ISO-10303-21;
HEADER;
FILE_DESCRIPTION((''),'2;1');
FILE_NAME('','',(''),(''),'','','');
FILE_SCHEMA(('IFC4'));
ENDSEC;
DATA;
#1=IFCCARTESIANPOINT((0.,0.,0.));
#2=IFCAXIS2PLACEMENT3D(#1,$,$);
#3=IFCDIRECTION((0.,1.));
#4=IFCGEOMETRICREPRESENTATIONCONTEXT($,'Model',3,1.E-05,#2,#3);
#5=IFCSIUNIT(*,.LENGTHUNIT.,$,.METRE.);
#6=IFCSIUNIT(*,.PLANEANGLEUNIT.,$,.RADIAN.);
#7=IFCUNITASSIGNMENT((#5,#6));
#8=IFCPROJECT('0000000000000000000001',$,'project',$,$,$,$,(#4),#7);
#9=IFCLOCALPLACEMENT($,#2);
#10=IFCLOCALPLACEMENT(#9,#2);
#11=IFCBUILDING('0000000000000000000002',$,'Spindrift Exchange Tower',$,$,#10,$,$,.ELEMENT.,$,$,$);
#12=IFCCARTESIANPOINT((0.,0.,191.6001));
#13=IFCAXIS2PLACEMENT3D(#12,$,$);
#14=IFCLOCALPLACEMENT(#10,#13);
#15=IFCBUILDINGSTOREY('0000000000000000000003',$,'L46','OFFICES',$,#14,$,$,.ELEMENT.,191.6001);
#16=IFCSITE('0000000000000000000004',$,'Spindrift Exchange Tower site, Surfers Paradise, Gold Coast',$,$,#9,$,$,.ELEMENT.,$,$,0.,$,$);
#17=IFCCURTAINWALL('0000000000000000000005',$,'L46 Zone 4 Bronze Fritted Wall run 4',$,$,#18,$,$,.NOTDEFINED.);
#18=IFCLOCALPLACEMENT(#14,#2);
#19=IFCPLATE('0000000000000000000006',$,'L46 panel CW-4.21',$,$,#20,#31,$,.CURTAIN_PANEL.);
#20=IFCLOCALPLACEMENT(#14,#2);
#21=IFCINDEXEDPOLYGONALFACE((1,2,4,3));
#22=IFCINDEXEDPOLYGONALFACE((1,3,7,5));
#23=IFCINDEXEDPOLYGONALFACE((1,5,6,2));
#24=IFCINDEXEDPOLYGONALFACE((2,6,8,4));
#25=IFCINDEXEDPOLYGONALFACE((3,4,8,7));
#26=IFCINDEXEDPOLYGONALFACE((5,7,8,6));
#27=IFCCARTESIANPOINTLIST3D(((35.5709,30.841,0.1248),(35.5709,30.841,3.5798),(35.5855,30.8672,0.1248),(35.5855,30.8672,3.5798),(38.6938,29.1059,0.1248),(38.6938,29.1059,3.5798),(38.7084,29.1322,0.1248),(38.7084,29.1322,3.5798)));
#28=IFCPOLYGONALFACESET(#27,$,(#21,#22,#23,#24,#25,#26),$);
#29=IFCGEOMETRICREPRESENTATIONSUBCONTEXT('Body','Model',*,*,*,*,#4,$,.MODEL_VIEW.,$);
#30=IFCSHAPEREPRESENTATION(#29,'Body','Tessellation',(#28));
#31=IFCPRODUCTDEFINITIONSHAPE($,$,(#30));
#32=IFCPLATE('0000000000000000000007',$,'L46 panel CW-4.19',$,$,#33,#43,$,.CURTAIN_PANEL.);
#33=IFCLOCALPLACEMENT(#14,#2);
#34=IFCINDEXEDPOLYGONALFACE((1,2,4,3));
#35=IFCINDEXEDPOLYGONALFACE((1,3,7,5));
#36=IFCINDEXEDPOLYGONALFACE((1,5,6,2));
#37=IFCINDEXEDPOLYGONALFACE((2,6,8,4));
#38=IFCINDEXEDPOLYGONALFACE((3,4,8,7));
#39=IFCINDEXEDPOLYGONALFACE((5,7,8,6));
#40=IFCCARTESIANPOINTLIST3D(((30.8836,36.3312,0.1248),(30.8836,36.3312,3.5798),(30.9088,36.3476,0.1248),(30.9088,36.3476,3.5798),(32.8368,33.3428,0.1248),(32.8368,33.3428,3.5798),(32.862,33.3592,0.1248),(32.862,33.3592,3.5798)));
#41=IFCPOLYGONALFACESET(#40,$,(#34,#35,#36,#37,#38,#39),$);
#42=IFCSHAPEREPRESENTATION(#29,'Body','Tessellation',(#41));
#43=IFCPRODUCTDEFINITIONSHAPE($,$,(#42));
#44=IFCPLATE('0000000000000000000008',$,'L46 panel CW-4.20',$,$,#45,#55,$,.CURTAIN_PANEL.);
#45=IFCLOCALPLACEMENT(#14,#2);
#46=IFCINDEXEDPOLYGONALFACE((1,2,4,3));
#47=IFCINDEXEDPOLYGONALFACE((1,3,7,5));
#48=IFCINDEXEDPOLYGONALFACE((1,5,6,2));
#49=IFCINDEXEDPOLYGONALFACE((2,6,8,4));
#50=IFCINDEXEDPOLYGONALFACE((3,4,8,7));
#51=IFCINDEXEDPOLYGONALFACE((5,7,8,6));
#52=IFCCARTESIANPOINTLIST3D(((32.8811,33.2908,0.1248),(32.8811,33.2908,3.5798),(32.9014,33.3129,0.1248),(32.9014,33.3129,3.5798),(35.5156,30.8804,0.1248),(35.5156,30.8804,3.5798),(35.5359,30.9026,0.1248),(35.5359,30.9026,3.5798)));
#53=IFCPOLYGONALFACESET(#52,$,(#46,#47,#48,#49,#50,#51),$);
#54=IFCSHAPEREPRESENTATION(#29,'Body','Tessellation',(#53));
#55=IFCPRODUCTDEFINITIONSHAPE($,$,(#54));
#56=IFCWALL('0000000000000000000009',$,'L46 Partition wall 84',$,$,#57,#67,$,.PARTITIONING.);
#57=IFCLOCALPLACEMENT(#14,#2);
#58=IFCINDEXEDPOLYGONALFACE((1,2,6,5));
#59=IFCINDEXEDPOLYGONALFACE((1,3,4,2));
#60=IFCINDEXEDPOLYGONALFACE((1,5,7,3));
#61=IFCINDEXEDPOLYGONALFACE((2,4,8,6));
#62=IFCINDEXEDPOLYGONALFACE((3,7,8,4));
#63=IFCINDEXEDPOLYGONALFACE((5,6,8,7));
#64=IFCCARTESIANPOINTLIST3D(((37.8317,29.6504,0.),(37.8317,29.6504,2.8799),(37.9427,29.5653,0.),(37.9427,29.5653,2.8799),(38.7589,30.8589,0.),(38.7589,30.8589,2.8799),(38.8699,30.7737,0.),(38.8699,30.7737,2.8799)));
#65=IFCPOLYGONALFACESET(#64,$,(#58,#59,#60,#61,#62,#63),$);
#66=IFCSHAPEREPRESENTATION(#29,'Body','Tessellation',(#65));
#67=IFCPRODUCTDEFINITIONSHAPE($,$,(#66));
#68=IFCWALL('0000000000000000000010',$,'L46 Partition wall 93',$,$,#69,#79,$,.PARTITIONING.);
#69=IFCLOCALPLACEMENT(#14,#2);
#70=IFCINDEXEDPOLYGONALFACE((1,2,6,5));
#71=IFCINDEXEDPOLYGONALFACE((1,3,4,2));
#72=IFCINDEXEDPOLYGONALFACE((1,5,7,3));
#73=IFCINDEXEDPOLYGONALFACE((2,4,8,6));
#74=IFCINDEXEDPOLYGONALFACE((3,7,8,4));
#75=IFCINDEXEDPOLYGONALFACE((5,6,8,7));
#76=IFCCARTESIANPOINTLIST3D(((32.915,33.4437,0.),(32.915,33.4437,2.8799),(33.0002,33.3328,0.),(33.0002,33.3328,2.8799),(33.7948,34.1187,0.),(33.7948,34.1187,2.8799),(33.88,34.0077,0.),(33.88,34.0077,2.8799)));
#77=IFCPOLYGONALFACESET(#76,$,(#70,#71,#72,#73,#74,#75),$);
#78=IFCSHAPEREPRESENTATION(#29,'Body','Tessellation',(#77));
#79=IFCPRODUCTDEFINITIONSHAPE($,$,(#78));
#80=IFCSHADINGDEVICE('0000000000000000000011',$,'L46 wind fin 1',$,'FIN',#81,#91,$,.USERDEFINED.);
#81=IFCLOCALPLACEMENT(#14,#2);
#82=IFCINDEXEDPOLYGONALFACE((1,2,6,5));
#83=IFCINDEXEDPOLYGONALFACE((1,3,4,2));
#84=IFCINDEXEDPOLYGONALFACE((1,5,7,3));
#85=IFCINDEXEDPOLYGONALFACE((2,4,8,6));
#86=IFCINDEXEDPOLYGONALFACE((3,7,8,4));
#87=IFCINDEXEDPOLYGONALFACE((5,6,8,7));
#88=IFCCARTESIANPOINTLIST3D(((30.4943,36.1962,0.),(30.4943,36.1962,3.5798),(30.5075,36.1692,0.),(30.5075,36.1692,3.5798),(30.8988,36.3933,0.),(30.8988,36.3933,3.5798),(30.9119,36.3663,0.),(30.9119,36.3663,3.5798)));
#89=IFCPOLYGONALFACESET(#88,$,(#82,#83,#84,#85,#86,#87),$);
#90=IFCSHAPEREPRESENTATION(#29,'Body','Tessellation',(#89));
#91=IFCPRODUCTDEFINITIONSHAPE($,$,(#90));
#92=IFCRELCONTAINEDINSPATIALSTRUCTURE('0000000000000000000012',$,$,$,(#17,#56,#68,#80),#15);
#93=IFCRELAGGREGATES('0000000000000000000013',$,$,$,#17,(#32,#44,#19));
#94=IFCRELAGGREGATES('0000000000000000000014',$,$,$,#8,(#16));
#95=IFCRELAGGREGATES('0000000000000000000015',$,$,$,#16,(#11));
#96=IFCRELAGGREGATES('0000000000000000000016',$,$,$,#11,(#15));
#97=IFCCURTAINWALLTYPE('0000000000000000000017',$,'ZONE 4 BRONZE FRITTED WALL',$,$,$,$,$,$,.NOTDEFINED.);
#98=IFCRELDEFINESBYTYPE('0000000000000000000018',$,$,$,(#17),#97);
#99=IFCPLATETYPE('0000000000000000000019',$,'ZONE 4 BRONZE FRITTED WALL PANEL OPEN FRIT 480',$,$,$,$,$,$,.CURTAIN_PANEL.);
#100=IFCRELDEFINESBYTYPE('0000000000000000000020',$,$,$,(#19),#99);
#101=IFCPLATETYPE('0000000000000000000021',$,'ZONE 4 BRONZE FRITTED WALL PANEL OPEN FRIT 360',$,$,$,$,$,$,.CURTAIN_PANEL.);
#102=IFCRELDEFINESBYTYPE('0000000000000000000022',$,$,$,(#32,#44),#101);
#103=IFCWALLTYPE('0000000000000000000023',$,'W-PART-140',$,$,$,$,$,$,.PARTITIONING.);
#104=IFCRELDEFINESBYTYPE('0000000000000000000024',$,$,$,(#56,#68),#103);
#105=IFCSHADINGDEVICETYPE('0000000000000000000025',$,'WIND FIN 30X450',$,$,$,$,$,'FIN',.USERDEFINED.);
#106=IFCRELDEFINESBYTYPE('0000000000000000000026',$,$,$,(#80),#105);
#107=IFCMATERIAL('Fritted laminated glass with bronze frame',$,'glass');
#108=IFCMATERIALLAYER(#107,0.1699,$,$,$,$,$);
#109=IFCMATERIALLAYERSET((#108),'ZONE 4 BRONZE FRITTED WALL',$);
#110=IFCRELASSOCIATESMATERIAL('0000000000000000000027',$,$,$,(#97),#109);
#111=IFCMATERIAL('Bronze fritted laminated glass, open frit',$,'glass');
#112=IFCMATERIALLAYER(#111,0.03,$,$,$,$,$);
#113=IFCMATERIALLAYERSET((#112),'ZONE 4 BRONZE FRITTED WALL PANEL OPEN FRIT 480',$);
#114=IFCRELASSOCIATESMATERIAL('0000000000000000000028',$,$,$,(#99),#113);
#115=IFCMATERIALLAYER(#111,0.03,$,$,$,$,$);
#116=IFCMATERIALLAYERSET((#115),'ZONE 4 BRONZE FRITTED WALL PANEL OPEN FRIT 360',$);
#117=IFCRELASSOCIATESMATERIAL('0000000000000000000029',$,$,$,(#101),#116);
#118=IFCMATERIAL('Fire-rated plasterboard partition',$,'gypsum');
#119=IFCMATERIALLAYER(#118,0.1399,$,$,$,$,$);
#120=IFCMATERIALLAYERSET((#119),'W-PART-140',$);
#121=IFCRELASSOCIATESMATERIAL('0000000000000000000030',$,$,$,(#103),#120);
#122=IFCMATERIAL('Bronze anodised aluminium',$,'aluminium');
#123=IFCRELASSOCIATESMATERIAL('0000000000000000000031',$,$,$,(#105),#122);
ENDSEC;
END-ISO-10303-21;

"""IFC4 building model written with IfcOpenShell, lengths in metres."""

from ifc_helpers import new_model, si_unit, direction, frame, frame_2d, origin, origin_2d, place, context, subcontext, project, spatial, rectangle, extrude, source, transform, mapped, material, layer, layer_set, material_profile, profile_set, type_object, element, aggregate, save


model = new_model("IFC4")

# Units and contexts
model_context = context("Model", 3, precision=1e-05, world=origin(), true_north=direction((0.0, 1.0)))
body_context = subcontext(model_context, "Body", "Model", "MODEL_VIEW")
ifc_project = project(units=[si_unit("LENGTHUNIT", "METRE"), si_unit("PLANEANGLEUNIT", "RADIAN")], contexts=[model_context])

# Site, building, storey
site_placement = place(None, origin())
site = spatial("IfcSite", under=ifc_project, at=site_placement, Name="Spindrift Exchange Tower site, Surfers Paradise, Gold Coast", CompositionType="ELEMENT", RefElevation=0.0)
building_placement = place(site_placement, origin())
building = spatial("IfcBuilding", under=site, at=building_placement, Name="Spindrift Exchange Tower", CompositionType="ELEMENT")
storey_placement = place(building_placement, frame((0.0, 0.0, 191.6001)))
storey = spatial("IfcBuildingStorey", under=building, at=storey_placement, Name="L46", Description="OFFICES", CompositionType="ELEMENT", Elevation=191.6001)

# Curtain wall
ifc_material_1 = material(Name="Fritted laminated glass with bronze frame", Category="glass")
ifc_layer_1 = layer(ifc_material_1, 0.1699)
ifc_layer_set_1 = layer_set([ifc_layer_1], Name="ZONE 4 BRONZE FRITTED WALL")
curtain_wall_type = type_object("IfcCurtainWallType", Name="ZONE 4 BRONZE FRITTED WALL", PredefinedType="NOTDEFINED", material=ifc_layer_set_1)
curtain_wall_placement = place(storey_placement, origin())
curtain_wall = element("IfcCurtainWall", 1, at=curtain_wall_placement, inside=storey, type_object=curtain_wall_type, Name="L46 Zone 4 Bronze Fritted Wall run 4", PredefinedType="NOTDEFINED")
ifc_material_2 = material(Name="Bronze anodised aluminium", Category="aluminium")

# Plates
ifc_material_3 = material(Name="Bronze fritted laminated glass, open frit", Category="glass")
ifc_layer_2 = layer(ifc_material_3, 0.03)
ifc_layer_set_2 = layer_set([ifc_layer_2], Name="ZONE 4 BRONZE FRITTED WALL PANEL OPEN FRIT 480")
plate_type_1 = type_object("IfcPlateType", Name="ZONE 4 BRONZE FRITTED WALL PANEL OPEN FRIT 480", PredefinedType="CURTAIN_PANEL", material=ifc_layer_set_2)
shared_shape_1 = source(origin(), body_context, "Body", "SweptSolid", [
    extrude(rectangle(XDim=3.5725, YDim=0.03, at=origin_2d()), origin(), (0.0, 0.0, 1.0), 3.4551),
])
plate_1_placement = place(storey_placement, frame((37.1396, 29.9866, 0.1248), z_axis=(0.0, 0.0, 1.0), x_axis=(0.874151, -0.485655, 0.0)))
plate_1 = element("IfcPlate", 2, at=plate_1_placement, type_object=plate_type_1, Name="L46 panel CW-4.21", PredefinedType="CURTAIN_PANEL", context=body_context, shape_type="MappedRepresentation", body=[
    mapped(shared_shape_1, transform((0.0, 0.0, 0.0), scale=1.0)),
])
ifc_layer_3 = layer(ifc_material_3, 0.03)
ifc_layer_set_3 = layer_set([ifc_layer_3], Name="ZONE 4 BRONZE FRITTED WALL PANEL OPEN FRIT 360")
plate_type_2 = type_object("IfcPlateType", Name="ZONE 4 BRONZE FRITTED WALL PANEL OPEN FRIT 360", PredefinedType="CURTAIN_PANEL", material=ifc_layer_set_3)
shared_shape_2 = source(origin(), body_context, "Body", "SweptSolid", [
    extrude(rectangle(XDim=3.5701, YDim=0.03, at=origin_2d()), origin(), (0.0, 0.0, 1.0), 3.4551),
])
plate_2_placement = place(storey_placement, frame((31.8728, 34.8452, 0.1248), z_axis=(0.0, 0.0, 1.0), x_axis=(0.54711, -0.83706, 0.0)))
plate_2 = element("IfcPlate", 3, at=plate_2_placement, type_object=plate_type_2, Name="L46 panel CW-4.19", PredefinedType="CURTAIN_PANEL", context=body_context, shape_type="MappedRepresentation", body=[
    mapped(shared_shape_2, transform((0.0, 0.0, 0.0), scale=1.0)),
])
shared_shape_3 = source(origin(), body_context, "Body", "SweptSolid", [
    extrude(rectangle(XDim=3.5708, YDim=0.03, at=origin_2d()), origin(), (0.0, 0.0, 1.0), 3.4551),
])
plate_3_placement = place(storey_placement, frame((34.2085, 32.0967, 0.1248), z_axis=(0.0, 0.0, 1.0), x_axis=(0.737805, -0.675014, 0.0)))
plate_3 = element("IfcPlate", 4, at=plate_3_placement, type_object=plate_type_2, Name="L46 panel CW-4.20", PredefinedType="CURTAIN_PANEL", context=body_context, shape_type="MappedRepresentation", body=[
    mapped(shared_shape_3, transform((0.0, 0.0, 0.0), scale=1.0)),
])
aggregate(curtain_wall, [plate_2, plate_3, plate_1])

# Walls
ifc_material_4 = material(Name="Fire-rated plasterboard partition", Category="gypsum")
ifc_layer_4 = layer(ifc_material_4, 0.1399)
ifc_layer_set_4 = layer_set([ifc_layer_4], Name="W-PART-140")
wall_type = type_object("IfcWallType", Name="W-PART-140", PredefinedType="PARTITIONING", material=ifc_layer_set_4)
wall_1_placement = place(storey_placement, frame((38.8145, 30.8164, 0.0), z_axis=(0.0, 0.0, 1.0), x_axis=(-0.608734, -0.793374, 0.0)))
element("IfcWall", 5, at=wall_1_placement, inside=storey, type_object=wall_type, Name="L46 Partition wall 84", PredefinedType="PARTITIONING", context=body_context, shape_type="SweptSolid", body=[
    extrude(rectangle(XDim=1.5232, YDim=0.1399, at=frame_2d((0.7617, 0.0))), origin(), (0.0, 0.0, 1.0), 2.8799),
])
wall_2_placement = place(storey_placement, frame((33.8374, 34.0632, 0.0), z_axis=(0.0, 0.0, 1.0), x_axis=(-0.793401, -0.6087, 0.0)))
element("IfcWall", 6, at=wall_2_placement, inside=storey, type_object=wall_type, Name="L46 Partition wall 93", PredefinedType="PARTITIONING", context=body_context, shape_type="SweptSolid", body=[
    extrude(rectangle(XDim=1.1089, YDim=0.1399, at=frame_2d((0.5544, 0.0))), origin(), (0.0, 0.0, 1.0), 2.8799),
])

# Shading device
ifc_material_profile_1 = material_profile(ifc_material_2, rectangle(XDim=0.03, YDim=0.45, at=origin_2d()), Name="WIND FIN 30X450")
ifc_profile_set_1 = profile_set([ifc_material_profile_1], Name="Bronze anodised aluminium")
shading_device_type = type_object("IfcShadingDeviceType", Name="WIND FIN 30X450", ElementType="FIN", PredefinedType="USERDEFINED", material=ifc_profile_set_1)
shared_shape_4 = source(origin(), body_context, "Body", "SweptSolid", [
    extrude(rectangle(XDim=0.03, YDim=0.45, at=origin_2d()), origin(), (0.0, 0.0, 1.0), 3.5798),
])
shading_device_placement = place(storey_placement, frame((30.7031, 36.2812, 0.0), z_axis=(0.0, 0.0, 1.0), x_axis=(0.438051, -0.89895, 0.0)))
element("IfcShadingDevice", 7, at=shading_device_placement, inside=storey, type_object=shading_device_type, Name="L46 wind fin 1", ObjectType="FIN", PredefinedType="USERDEFINED", context=body_context, shape_type="MappedRepresentation", body=[
    mapped(shared_shape_4, transform((0.0, 0.0, 0.0), scale=1.0)),
])

save(model, "model.ifc")
